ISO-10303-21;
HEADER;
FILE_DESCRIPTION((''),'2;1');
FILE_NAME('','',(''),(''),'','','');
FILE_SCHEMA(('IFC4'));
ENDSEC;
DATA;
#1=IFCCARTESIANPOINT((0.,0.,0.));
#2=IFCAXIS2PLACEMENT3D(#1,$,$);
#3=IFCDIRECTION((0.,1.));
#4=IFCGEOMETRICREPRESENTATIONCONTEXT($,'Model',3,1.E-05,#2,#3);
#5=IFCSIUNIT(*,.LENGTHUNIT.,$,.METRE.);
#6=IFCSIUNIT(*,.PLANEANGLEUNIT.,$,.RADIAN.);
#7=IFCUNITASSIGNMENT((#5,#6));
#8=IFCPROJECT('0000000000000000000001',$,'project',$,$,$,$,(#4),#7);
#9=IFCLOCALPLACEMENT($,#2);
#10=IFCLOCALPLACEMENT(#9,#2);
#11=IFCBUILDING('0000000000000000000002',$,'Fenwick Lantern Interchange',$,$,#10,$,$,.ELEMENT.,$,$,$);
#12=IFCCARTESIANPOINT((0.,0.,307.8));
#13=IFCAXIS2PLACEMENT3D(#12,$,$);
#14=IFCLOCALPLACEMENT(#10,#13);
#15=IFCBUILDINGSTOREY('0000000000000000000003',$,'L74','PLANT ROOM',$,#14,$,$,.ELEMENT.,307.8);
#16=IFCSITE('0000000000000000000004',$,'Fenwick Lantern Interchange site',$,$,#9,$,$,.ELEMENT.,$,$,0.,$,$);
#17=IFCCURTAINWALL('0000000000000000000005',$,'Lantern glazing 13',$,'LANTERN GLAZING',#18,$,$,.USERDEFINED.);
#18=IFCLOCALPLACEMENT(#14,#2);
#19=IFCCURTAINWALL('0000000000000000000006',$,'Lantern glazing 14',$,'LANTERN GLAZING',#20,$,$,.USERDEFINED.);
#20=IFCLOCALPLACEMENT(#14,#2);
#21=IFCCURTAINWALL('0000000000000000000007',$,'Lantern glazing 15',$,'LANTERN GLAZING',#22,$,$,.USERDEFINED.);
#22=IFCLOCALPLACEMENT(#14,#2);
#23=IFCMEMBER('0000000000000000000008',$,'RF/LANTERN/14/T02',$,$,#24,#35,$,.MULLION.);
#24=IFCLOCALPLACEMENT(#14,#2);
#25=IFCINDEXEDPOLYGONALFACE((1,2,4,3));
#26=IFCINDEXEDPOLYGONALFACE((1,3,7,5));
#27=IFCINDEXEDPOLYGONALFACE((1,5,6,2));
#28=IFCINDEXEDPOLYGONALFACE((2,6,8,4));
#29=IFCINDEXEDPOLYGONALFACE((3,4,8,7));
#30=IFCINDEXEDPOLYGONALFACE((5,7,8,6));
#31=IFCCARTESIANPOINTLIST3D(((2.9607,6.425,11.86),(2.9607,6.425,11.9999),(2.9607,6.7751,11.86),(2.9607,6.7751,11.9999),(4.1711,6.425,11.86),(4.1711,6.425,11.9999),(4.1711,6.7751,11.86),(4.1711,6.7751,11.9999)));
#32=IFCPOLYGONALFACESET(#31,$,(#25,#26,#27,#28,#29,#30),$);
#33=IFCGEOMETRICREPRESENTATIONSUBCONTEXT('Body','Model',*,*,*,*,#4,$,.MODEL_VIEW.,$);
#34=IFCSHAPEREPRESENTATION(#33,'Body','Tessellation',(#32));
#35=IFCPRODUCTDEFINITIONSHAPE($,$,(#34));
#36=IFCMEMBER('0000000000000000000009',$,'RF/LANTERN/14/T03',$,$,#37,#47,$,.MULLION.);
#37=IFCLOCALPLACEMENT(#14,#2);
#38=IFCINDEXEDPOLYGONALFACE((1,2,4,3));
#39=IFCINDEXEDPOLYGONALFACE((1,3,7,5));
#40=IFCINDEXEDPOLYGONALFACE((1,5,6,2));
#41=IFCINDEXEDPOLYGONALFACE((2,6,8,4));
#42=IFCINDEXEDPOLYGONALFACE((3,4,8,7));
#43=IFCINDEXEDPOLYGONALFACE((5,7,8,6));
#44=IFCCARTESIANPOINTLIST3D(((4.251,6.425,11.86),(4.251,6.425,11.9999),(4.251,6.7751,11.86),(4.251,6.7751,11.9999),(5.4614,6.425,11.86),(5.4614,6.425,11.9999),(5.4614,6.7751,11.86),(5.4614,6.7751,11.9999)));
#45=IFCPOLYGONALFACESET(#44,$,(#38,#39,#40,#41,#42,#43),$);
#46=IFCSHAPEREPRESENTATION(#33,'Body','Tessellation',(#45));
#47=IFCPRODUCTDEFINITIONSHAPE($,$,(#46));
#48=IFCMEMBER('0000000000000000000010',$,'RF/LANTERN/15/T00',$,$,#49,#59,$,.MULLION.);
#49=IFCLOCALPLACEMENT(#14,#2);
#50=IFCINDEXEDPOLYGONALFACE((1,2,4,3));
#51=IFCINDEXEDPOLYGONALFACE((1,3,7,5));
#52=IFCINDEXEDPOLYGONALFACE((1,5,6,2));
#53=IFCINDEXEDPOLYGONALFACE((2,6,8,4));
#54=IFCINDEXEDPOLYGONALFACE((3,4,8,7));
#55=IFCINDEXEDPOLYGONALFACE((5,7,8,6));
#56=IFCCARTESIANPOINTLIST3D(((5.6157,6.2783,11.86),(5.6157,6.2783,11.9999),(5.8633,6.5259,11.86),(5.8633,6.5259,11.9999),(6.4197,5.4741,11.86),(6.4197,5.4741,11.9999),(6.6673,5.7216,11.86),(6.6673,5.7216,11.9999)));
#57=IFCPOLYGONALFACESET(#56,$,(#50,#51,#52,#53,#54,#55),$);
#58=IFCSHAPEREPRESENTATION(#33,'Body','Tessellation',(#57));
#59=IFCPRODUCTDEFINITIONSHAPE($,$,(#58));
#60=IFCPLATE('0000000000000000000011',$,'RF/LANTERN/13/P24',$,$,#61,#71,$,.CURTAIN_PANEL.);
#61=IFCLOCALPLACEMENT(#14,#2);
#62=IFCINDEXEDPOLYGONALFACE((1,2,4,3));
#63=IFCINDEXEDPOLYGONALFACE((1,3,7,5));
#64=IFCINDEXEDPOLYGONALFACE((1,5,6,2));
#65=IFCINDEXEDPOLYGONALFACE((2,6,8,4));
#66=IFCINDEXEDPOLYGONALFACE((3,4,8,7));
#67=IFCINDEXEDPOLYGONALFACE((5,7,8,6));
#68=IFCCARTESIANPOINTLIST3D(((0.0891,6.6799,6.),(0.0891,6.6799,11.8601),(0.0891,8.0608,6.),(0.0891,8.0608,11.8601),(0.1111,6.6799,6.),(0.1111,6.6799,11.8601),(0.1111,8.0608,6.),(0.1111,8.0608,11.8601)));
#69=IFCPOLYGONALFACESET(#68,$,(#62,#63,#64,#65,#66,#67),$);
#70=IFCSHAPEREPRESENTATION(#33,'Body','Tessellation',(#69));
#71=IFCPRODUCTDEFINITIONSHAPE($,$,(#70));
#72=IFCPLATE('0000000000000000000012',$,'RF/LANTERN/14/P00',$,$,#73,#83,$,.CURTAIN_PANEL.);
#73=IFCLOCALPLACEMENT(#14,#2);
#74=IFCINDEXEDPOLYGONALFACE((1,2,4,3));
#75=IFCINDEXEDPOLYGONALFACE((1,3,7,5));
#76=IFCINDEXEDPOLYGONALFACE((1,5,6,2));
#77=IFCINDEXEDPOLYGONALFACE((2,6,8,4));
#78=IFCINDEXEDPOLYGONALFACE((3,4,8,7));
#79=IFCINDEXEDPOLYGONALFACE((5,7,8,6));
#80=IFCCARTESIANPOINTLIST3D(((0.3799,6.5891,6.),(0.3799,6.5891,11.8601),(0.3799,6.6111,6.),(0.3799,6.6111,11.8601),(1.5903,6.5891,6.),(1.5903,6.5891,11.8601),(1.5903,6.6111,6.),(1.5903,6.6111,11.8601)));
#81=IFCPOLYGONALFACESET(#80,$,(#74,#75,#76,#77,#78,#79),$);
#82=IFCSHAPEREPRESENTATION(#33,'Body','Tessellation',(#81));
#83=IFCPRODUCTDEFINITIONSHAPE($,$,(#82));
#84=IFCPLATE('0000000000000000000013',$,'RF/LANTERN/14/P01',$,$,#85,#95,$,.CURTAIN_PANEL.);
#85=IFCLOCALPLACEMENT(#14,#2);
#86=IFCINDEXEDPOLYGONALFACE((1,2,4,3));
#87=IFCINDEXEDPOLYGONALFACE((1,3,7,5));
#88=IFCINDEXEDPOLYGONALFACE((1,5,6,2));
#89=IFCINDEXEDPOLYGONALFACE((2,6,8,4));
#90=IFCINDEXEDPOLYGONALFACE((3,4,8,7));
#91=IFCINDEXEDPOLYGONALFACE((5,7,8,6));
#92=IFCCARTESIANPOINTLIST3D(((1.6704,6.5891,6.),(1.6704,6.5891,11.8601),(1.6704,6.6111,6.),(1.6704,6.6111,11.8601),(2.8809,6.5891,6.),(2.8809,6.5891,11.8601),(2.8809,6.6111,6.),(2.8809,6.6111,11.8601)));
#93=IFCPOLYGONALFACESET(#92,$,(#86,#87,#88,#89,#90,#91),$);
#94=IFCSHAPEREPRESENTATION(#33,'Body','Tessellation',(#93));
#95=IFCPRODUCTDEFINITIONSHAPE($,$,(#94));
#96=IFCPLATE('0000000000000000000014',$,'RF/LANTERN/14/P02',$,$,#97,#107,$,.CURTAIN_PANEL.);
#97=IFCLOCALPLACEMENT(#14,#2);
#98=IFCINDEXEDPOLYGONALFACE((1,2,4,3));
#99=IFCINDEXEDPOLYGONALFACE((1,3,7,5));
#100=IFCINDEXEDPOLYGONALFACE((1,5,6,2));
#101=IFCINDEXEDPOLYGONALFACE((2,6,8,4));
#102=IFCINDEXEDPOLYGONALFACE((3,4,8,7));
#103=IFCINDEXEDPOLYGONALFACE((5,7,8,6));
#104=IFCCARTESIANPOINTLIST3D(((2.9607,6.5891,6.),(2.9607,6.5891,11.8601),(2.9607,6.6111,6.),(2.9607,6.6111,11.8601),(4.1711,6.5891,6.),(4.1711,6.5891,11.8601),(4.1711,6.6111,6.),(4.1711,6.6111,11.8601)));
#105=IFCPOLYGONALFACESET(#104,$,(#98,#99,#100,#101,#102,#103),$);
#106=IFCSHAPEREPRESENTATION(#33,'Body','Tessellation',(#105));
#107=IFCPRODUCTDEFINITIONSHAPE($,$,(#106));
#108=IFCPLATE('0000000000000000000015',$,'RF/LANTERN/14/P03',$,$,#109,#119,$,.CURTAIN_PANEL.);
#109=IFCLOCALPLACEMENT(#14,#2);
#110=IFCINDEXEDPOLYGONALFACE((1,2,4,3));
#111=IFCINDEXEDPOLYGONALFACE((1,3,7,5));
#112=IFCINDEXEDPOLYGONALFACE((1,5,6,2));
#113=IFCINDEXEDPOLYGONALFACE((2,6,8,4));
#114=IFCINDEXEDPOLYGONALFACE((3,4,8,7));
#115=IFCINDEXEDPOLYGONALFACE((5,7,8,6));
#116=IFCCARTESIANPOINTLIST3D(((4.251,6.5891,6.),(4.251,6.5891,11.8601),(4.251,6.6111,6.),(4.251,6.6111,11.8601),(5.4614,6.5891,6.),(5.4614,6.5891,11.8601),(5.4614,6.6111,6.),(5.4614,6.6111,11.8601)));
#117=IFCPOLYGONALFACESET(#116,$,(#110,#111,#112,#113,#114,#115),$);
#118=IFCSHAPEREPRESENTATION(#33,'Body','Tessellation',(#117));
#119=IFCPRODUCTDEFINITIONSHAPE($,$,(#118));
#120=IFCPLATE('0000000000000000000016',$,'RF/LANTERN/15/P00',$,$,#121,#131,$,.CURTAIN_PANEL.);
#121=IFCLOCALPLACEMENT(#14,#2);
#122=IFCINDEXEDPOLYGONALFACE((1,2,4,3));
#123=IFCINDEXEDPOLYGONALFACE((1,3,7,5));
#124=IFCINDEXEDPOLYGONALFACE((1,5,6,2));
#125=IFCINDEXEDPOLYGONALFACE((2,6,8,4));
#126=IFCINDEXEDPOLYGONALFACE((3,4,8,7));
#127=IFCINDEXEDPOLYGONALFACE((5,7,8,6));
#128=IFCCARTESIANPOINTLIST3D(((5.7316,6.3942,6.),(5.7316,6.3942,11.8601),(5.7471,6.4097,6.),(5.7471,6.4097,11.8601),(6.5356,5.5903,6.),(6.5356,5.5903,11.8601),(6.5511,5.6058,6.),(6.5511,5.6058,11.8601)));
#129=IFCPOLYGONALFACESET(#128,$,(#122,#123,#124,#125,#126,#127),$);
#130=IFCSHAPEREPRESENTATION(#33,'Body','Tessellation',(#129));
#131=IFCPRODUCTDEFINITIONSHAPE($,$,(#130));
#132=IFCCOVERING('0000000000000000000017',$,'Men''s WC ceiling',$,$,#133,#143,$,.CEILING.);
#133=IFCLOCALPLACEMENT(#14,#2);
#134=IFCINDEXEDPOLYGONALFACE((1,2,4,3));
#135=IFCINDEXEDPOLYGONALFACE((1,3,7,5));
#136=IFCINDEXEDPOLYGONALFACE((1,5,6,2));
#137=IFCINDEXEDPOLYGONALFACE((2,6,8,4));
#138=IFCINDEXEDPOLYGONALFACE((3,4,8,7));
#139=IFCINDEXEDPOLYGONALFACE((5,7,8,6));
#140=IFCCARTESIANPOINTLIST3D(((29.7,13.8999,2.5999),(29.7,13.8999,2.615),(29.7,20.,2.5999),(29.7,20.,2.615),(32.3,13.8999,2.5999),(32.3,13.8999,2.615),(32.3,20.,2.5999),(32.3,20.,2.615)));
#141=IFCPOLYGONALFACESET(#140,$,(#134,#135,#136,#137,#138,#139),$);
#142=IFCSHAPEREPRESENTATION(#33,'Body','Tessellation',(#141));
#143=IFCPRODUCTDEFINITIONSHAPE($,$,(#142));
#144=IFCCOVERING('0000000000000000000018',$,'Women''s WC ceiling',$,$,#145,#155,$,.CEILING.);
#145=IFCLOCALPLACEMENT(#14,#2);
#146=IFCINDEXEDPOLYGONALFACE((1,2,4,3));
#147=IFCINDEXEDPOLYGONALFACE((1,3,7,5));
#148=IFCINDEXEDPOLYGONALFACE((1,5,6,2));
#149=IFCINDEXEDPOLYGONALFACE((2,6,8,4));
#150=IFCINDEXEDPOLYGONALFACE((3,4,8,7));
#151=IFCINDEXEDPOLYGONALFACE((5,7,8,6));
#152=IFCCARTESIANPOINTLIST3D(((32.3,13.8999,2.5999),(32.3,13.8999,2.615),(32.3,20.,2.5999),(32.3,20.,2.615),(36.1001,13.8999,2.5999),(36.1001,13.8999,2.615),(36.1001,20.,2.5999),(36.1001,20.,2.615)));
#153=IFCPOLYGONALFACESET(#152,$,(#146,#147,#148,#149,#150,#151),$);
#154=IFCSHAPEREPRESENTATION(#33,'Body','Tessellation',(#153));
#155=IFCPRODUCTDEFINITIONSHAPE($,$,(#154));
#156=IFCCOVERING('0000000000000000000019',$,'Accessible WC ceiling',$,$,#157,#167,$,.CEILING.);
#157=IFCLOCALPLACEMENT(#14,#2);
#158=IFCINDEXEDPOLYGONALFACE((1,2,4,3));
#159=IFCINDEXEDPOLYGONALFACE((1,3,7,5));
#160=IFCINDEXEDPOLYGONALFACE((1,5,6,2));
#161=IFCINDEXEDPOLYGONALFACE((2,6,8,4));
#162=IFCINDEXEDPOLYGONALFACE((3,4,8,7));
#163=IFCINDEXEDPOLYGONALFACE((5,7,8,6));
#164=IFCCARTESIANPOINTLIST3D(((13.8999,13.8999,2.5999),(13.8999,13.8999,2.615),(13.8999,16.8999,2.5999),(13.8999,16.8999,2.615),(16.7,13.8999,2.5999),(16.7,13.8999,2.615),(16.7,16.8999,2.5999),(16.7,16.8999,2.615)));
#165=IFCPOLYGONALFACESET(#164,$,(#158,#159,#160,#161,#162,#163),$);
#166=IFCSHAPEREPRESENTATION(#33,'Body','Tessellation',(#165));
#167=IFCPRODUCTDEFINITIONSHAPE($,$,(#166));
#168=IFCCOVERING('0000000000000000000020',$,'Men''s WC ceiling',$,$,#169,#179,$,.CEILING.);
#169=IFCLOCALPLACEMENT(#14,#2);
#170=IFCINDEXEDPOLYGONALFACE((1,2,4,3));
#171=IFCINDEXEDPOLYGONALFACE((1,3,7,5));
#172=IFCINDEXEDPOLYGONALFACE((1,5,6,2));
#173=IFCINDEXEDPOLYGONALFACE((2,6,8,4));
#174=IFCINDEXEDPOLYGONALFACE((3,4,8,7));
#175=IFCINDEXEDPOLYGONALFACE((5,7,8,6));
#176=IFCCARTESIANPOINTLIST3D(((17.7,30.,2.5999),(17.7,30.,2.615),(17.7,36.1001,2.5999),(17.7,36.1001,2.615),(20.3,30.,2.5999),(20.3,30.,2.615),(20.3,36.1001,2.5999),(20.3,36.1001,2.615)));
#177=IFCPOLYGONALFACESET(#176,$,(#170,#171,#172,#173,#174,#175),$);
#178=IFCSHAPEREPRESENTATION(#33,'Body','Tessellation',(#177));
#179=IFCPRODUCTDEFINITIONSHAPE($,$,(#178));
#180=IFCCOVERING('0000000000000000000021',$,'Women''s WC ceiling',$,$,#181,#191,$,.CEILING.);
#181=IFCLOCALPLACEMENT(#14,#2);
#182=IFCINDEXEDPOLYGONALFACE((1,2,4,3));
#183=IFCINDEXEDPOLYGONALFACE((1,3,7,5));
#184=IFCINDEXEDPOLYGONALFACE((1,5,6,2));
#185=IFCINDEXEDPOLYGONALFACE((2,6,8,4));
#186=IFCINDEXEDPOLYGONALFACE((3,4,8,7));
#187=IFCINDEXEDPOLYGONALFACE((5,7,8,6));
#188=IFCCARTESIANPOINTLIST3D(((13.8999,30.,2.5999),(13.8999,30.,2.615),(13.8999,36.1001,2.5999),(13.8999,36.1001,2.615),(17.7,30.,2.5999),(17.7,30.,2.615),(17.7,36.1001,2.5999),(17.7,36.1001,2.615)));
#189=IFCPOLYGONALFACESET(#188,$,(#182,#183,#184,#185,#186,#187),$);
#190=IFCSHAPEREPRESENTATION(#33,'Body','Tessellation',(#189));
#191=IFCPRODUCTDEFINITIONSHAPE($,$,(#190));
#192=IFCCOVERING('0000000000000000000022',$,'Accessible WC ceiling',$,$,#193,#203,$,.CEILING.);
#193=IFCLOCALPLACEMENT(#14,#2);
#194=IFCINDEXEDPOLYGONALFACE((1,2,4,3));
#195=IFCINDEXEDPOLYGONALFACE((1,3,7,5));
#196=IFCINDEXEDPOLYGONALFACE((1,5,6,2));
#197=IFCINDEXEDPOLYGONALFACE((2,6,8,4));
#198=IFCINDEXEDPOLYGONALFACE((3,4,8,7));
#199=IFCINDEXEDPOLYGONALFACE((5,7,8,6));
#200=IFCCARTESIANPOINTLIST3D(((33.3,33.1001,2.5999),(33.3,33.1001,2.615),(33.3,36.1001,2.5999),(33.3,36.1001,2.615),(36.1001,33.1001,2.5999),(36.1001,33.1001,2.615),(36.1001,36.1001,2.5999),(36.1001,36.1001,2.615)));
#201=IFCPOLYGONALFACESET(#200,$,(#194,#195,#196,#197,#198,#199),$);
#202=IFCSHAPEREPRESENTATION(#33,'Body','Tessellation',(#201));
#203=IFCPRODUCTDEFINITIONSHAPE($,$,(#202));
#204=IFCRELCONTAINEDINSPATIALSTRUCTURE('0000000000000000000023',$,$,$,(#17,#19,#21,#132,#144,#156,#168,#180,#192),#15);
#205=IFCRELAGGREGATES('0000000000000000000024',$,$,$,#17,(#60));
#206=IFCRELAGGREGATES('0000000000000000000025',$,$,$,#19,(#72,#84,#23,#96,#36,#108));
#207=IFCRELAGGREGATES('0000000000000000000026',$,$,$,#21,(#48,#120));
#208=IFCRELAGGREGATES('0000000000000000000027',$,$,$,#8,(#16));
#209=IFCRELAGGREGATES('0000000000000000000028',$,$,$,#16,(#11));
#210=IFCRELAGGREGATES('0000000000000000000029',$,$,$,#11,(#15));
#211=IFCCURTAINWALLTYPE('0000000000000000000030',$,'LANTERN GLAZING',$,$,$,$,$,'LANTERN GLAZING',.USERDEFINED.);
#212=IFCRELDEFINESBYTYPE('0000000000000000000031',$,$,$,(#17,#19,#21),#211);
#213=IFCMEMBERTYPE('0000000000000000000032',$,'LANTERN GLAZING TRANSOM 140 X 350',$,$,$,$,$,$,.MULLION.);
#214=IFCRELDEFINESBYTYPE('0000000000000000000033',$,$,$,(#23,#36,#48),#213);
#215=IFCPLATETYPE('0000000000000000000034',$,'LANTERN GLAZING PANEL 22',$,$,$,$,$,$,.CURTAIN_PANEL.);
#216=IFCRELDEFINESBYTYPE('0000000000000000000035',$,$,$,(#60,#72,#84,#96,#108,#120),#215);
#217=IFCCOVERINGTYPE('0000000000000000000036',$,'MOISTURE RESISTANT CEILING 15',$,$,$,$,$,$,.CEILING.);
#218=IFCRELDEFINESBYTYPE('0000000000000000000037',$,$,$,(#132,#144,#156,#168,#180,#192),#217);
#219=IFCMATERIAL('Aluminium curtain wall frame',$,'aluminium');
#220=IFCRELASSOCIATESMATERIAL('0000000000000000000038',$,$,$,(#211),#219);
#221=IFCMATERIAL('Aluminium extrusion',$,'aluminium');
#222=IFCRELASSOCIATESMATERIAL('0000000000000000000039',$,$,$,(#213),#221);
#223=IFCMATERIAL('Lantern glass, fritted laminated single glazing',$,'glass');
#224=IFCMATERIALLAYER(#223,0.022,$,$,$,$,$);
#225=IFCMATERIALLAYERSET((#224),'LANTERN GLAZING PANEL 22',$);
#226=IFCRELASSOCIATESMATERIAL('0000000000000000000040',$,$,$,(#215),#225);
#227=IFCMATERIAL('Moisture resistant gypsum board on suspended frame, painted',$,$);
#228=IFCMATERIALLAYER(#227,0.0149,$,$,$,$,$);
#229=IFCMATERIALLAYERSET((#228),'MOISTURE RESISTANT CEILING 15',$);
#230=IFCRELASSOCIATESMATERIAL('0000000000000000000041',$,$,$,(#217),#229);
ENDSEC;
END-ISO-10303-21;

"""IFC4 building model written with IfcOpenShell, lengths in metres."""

from ifc_helpers import new_model, si_unit, direction, frame, origin, origin_2d, place, context, subcontext, project, spatial, polyline, rectangle, outline, extrude, material, layer, layer_set, material_profile, profile_set, type_object, element, aggregate, save


model = new_model("IFC4")

# Units and contexts
model_context = context("Model", 3, precision=1e-05, world=origin(), true_north=direction((0.0, 1.0)))
body_context = subcontext(model_context, "Body", "Model", "MODEL_VIEW")
ifc_project = project(units=[si_unit("LENGTHUNIT", "METRE"), si_unit("PLANEANGLEUNIT", "RADIAN")], contexts=[model_context])

# Site, building, storey
site_placement = place(None, origin())
site = spatial("IfcSite", under=ifc_project, at=site_placement, Name="Fenwick Lantern Interchange site", CompositionType="ELEMENT", RefElevation=0.0)
building_placement = place(site_placement, origin())
building = spatial("IfcBuilding", under=site, at=building_placement, Name="Fenwick Lantern Interchange", CompositionType="ELEMENT")
storey_placement = place(building_placement, frame((0.0, 0.0, 307.8)))
storey = spatial("IfcBuildingStorey", under=building, at=storey_placement, Name="L74", Description="PLANT ROOM", CompositionType="ELEMENT", Elevation=307.8)

# Curtain wall
ifc_material_1 = material(Name="Aluminium curtain wall frame", Category="aluminium")
curtain_wall_type = type_object("IfcCurtainWallType", Name="LANTERN GLAZING", ElementType="LANTERN GLAZING", PredefinedType="USERDEFINED", material=ifc_material_1)
curtain_wall_1_placement = place(storey_placement, origin())
curtain_wall_1 = element("IfcCurtainWall", 1, at=curtain_wall_1_placement, inside=storey, type_object=curtain_wall_type, Name="Lantern glazing 13", ObjectType="LANTERN GLAZING", PredefinedType="USERDEFINED")
ifc_material_2 = material(Name="Aluminium extrusion", Category="aluminium")

# Curtain walls
curtain_wall_2_placement = place(storey_placement, origin())
curtain_wall_2 = element("IfcCurtainWall", 2, at=curtain_wall_2_placement, inside=storey, type_object=curtain_wall_type, Name="Lantern glazing 14", ObjectType="LANTERN GLAZING", PredefinedType="USERDEFINED")
curtain_wall_3_placement = place(storey_placement, origin())
curtain_wall_3 = element("IfcCurtainWall", 3, at=curtain_wall_3_placement, inside=storey, type_object=curtain_wall_type, Name="Lantern glazing 15", ObjectType="LANTERN GLAZING", PredefinedType="USERDEFINED")
ifc_material_profile_1 = material_profile(ifc_material_2, rectangle(XDim=0.3501, YDim=0.1399, at=origin_2d()), Name="LANTERN GLAZING TRANSOM 140 X 350")
ifc_profile_set_1 = profile_set([ifc_material_profile_1], Name="Aluminium extrusion")
member_type_1 = type_object("IfcMemberType", Name="LANTERN GLAZING TRANSOM 140 X 350", PredefinedType="MULLION", material=ifc_profile_set_1)

# Members
member_1_placement = place(storey_placement, frame((2.9607, 6.6001, 11.9299), z_axis=(1.0, 0.0, 0.0), x_axis=(0.0, 1.0, 0.0)))
member_1 = element("IfcMember", 4, at=member_1_placement, type_object=member_type_1, Name="RF/LANTERN/14/T02", PredefinedType="MULLION", context=body_context, shape_type="SweptSolid", body=[
    extrude(rectangle(XDim=0.3501, YDim=0.1399, at=origin_2d()), origin(), (0.0, 0.0, 1.0), 1.2104),
])
member_2_placement = place(storey_placement, frame((4.251, 6.6001, 11.9299), z_axis=(1.0, 0.0, 0.0), x_axis=(0.0, 1.0, 0.0)))
member_2 = element("IfcMember", 5, at=member_2_placement, type_object=member_type_1, Name="RF/LANTERN/14/T03", PredefinedType="MULLION", context=body_context, shape_type="SweptSolid", body=[
    extrude(rectangle(XDim=0.3501, YDim=0.1399, at=origin_2d()), origin(), (0.0, 0.0, 1.0), 1.2104),
])
member_3_placement = place(storey_placement, frame((5.7395, 6.4021, 11.9299), z_axis=(0.706999, -0.707214, 0.0), x_axis=(0.707214, 0.706999, 0.0)))
member_3 = element("IfcMember", 6, at=member_3_placement, type_object=member_type_1, Name="RF/LANTERN/15/T00", PredefinedType="MULLION", context=body_context, shape_type="SweptSolid", body=[
    extrude(rectangle(XDim=0.3501, YDim=0.1399, at=origin_2d()), origin(), (0.0, 0.0, 1.0), 1.1372),
])

# Shared definitions
ifc_material_3 = material(Name="Lantern glass, fritted laminated single glazing", Category="glass")
ifc_layer_1 = layer(ifc_material_3, 0.022)
ifc_layer_set_1 = layer_set([ifc_layer_1], Name="LANTERN GLAZING PANEL 22")
plate_type = type_object("IfcPlateType", Name="LANTERN GLAZING PANEL 22", PredefinedType="CURTAIN_PANEL", material=ifc_layer_set_1)

# Plates
plate_1_placement = place(storey_placement, frame((0.1001, 7.3704, 6.0), z_axis=(0.0, 0.0, 1.0), x_axis=(0.0, -1.0, 0.0)))
plate_1 = element("IfcPlate", 7, at=plate_1_placement, type_object=plate_type, Name="RF/LANTERN/13/P24", PredefinedType="CURTAIN_PANEL", context=body_context, shape_type="SweptSolid", body=[
    extrude(rectangle(XDim=1.3809, YDim=0.022, at=origin_2d()), origin(), (0.0, 0.0, 1.0), 5.8601),
])
aggregate(curtain_wall_1, [plate_1])
plate_2_placement = place(storey_placement, frame((0.9851, 6.6001, 6.0), z_axis=(0.0, 0.0, 1.0), x_axis=(1.0, 0.0, 0.0)))
plate_2 = element("IfcPlate", 8, at=plate_2_placement, type_object=plate_type, Name="RF/LANTERN/14/P00", PredefinedType="CURTAIN_PANEL", context=body_context, shape_type="SweptSolid", body=[
    extrude(rectangle(XDim=1.2104, YDim=0.022, at=origin_2d()), origin(), (0.0, 0.0, 1.0), 5.8601),
])
plate_3_placement = place(storey_placement, frame((2.2756, 6.6001, 6.0), z_axis=(0.0, 0.0, 1.0), x_axis=(1.0, 0.0, 0.0)))
plate_3 = element("IfcPlate", 9, at=plate_3_placement, type_object=plate_type, Name="RF/LANTERN/14/P01", PredefinedType="CURTAIN_PANEL", context=body_context, shape_type="SweptSolid", body=[
    extrude(rectangle(XDim=1.2104, YDim=0.022, at=origin_2d()), origin(), (0.0, 0.0, 1.0), 5.8601),
])
plate_4_placement = place(storey_placement, frame((3.5659, 6.6001, 6.0), z_axis=(0.0, 0.0, 1.0), x_axis=(1.0, 0.0, 0.0)))
plate_4 = element("IfcPlate", 10, at=plate_4_placement, type_object=plate_type, Name="RF/LANTERN/14/P02", PredefinedType="CURTAIN_PANEL", context=body_context, shape_type="SweptSolid", body=[
    extrude(rectangle(XDim=1.2104, YDim=0.022, at=origin_2d()), origin(), (0.0, 0.0, 1.0), 5.8601),
])
plate_5_placement = place(storey_placement, frame((4.8562, 6.6001, 6.0), z_axis=(0.0, 0.0, 1.0), x_axis=(1.0, 0.0, 0.0)))
plate_5 = element("IfcPlate", 11, at=plate_5_placement, type_object=plate_type, Name="RF/LANTERN/14/P03", PredefinedType="CURTAIN_PANEL", context=body_context, shape_type="SweptSolid", body=[
    extrude(rectangle(XDim=1.2104, YDim=0.022, at=origin_2d()), origin(), (0.0, 0.0, 1.0), 5.8601),
])
aggregate(curtain_wall_2, [plate_2, plate_3, member_1, plate_4, member_2, plate_5])
plate_6_placement = place(storey_placement, frame((6.1414, 6.0, 6.0), z_axis=(0.0, 0.0, 1.0), x_axis=(0.707107, -0.707107, 0.0)))
plate_6 = element("IfcPlate", 12, at=plate_6_placement, type_object=plate_type, Name="RF/LANTERN/15/P00", PredefinedType="CURTAIN_PANEL", context=body_context, shape_type="SweptSolid", body=[
    extrude(rectangle(XDim=1.137, YDim=0.022, at=origin_2d()), origin(), (0.0, 0.0, 1.0), 5.8601),
])
aggregate(curtain_wall_3, [member_3, plate_6])

# Coverings
ifc_material_4 = material(Name="Moisture resistant gypsum board on suspended frame, painted")
ifc_layer_2 = layer(ifc_material_4, 0.0149)
ifc_layer_set_2 = layer_set([ifc_layer_2], Name="MOISTURE RESISTANT CEILING 15")
covering_type_1 = type_object("IfcCoveringType", Name="MOISTURE RESISTANT CEILING 15", PredefinedType="CEILING", material=ifc_layer_set_2)
covering_1_placement = place(storey_placement, frame((0.0, 0.0, 2.5999)))
element("IfcCovering", 13, at=covering_1_placement, inside=storey, type_object=covering_type_1, Name="Men's WC ceiling", PredefinedType="CEILING", context=body_context, shape_type="SweptSolid", body=[
    extrude(outline(polyline([(29.7, 13.8999), (32.3, 13.8999), (32.3, 20.0), (29.7, 20.0), (29.7, 13.8999)])), origin(), (0.0, 0.0, 1.0), 0.0151),
])
covering_2_placement = place(storey_placement, frame((0.0, 0.0, 2.5999)))
element("IfcCovering", 14, at=covering_2_placement, inside=storey, type_object=covering_type_1, Name="Women's WC ceiling", PredefinedType="CEILING", context=body_context, shape_type="SweptSolid", body=[
    extrude(outline(polyline([(32.3, 13.8999), (36.1001, 13.8999), (36.1001, 20.0), (32.3, 20.0), (32.3, 13.8999)])), origin(), (0.0, 0.0, 1.0), 0.0151),
])
covering_3_placement = place(storey_placement, frame((0.0, 0.0, 2.5999)))
element("IfcCovering", 15, at=covering_3_placement, inside=storey, type_object=covering_type_1, Name="Accessible WC ceiling", PredefinedType="CEILING", context=body_context, shape_type="SweptSolid", body=[
    extrude(outline(polyline([(13.8999, 13.8999), (16.7, 13.8999), (16.7, 16.8999), (13.8999, 16.8999), (13.8999, 13.8999)])), origin(), (0.0, 0.0, 1.0), 0.0151),
])
covering_4_placement = place(storey_placement, frame((0.0, 0.0, 2.5999)))
element("IfcCovering", 16, at=covering_4_placement, inside=storey, type_object=covering_type_1, Name="Men's WC ceiling", PredefinedType="CEILING", context=body_context, shape_type="SweptSolid", body=[
    extrude(outline(polyline([(20.3, 36.1001), (17.7, 36.1001), (17.7, 30.0), (20.3, 30.0), (20.3, 36.1001)])), origin(), (0.0, 0.0, 1.0), 0.0151),
])
covering_5_placement = place(storey_placement, frame((0.0, 0.0, 2.5999)))
element("IfcCovering", 17, at=covering_5_placement, inside=storey, type_object=covering_type_1, Name="Women's WC ceiling", PredefinedType="CEILING", context=body_context, shape_type="SweptSolid", body=[
    extrude(outline(polyline([(17.7, 36.1001), (13.8999, 36.1001), (13.8999, 30.0), (17.7, 30.0), (17.7, 36.1001)])), origin(), (0.0, 0.0, 1.0), 0.0151),
])
covering_6_placement = place(storey_placement, frame((0.0, 0.0, 2.5999)))
element("IfcCovering", 18, at=covering_6_placement, inside=storey, type_object=covering_type_1, Name="Accessible WC ceiling", PredefinedType="CEILING", context=body_context, shape_type="SweptSolid", body=[
    extrude(outline(polyline([(36.1001, 36.1001), (33.3, 36.1001), (33.3, 33.1001), (36.1001, 33.1001), (36.1001, 36.1001)])), origin(), (0.0, 0.0, 1.0), 0.0151),
])

save(model, "model.ifc")
